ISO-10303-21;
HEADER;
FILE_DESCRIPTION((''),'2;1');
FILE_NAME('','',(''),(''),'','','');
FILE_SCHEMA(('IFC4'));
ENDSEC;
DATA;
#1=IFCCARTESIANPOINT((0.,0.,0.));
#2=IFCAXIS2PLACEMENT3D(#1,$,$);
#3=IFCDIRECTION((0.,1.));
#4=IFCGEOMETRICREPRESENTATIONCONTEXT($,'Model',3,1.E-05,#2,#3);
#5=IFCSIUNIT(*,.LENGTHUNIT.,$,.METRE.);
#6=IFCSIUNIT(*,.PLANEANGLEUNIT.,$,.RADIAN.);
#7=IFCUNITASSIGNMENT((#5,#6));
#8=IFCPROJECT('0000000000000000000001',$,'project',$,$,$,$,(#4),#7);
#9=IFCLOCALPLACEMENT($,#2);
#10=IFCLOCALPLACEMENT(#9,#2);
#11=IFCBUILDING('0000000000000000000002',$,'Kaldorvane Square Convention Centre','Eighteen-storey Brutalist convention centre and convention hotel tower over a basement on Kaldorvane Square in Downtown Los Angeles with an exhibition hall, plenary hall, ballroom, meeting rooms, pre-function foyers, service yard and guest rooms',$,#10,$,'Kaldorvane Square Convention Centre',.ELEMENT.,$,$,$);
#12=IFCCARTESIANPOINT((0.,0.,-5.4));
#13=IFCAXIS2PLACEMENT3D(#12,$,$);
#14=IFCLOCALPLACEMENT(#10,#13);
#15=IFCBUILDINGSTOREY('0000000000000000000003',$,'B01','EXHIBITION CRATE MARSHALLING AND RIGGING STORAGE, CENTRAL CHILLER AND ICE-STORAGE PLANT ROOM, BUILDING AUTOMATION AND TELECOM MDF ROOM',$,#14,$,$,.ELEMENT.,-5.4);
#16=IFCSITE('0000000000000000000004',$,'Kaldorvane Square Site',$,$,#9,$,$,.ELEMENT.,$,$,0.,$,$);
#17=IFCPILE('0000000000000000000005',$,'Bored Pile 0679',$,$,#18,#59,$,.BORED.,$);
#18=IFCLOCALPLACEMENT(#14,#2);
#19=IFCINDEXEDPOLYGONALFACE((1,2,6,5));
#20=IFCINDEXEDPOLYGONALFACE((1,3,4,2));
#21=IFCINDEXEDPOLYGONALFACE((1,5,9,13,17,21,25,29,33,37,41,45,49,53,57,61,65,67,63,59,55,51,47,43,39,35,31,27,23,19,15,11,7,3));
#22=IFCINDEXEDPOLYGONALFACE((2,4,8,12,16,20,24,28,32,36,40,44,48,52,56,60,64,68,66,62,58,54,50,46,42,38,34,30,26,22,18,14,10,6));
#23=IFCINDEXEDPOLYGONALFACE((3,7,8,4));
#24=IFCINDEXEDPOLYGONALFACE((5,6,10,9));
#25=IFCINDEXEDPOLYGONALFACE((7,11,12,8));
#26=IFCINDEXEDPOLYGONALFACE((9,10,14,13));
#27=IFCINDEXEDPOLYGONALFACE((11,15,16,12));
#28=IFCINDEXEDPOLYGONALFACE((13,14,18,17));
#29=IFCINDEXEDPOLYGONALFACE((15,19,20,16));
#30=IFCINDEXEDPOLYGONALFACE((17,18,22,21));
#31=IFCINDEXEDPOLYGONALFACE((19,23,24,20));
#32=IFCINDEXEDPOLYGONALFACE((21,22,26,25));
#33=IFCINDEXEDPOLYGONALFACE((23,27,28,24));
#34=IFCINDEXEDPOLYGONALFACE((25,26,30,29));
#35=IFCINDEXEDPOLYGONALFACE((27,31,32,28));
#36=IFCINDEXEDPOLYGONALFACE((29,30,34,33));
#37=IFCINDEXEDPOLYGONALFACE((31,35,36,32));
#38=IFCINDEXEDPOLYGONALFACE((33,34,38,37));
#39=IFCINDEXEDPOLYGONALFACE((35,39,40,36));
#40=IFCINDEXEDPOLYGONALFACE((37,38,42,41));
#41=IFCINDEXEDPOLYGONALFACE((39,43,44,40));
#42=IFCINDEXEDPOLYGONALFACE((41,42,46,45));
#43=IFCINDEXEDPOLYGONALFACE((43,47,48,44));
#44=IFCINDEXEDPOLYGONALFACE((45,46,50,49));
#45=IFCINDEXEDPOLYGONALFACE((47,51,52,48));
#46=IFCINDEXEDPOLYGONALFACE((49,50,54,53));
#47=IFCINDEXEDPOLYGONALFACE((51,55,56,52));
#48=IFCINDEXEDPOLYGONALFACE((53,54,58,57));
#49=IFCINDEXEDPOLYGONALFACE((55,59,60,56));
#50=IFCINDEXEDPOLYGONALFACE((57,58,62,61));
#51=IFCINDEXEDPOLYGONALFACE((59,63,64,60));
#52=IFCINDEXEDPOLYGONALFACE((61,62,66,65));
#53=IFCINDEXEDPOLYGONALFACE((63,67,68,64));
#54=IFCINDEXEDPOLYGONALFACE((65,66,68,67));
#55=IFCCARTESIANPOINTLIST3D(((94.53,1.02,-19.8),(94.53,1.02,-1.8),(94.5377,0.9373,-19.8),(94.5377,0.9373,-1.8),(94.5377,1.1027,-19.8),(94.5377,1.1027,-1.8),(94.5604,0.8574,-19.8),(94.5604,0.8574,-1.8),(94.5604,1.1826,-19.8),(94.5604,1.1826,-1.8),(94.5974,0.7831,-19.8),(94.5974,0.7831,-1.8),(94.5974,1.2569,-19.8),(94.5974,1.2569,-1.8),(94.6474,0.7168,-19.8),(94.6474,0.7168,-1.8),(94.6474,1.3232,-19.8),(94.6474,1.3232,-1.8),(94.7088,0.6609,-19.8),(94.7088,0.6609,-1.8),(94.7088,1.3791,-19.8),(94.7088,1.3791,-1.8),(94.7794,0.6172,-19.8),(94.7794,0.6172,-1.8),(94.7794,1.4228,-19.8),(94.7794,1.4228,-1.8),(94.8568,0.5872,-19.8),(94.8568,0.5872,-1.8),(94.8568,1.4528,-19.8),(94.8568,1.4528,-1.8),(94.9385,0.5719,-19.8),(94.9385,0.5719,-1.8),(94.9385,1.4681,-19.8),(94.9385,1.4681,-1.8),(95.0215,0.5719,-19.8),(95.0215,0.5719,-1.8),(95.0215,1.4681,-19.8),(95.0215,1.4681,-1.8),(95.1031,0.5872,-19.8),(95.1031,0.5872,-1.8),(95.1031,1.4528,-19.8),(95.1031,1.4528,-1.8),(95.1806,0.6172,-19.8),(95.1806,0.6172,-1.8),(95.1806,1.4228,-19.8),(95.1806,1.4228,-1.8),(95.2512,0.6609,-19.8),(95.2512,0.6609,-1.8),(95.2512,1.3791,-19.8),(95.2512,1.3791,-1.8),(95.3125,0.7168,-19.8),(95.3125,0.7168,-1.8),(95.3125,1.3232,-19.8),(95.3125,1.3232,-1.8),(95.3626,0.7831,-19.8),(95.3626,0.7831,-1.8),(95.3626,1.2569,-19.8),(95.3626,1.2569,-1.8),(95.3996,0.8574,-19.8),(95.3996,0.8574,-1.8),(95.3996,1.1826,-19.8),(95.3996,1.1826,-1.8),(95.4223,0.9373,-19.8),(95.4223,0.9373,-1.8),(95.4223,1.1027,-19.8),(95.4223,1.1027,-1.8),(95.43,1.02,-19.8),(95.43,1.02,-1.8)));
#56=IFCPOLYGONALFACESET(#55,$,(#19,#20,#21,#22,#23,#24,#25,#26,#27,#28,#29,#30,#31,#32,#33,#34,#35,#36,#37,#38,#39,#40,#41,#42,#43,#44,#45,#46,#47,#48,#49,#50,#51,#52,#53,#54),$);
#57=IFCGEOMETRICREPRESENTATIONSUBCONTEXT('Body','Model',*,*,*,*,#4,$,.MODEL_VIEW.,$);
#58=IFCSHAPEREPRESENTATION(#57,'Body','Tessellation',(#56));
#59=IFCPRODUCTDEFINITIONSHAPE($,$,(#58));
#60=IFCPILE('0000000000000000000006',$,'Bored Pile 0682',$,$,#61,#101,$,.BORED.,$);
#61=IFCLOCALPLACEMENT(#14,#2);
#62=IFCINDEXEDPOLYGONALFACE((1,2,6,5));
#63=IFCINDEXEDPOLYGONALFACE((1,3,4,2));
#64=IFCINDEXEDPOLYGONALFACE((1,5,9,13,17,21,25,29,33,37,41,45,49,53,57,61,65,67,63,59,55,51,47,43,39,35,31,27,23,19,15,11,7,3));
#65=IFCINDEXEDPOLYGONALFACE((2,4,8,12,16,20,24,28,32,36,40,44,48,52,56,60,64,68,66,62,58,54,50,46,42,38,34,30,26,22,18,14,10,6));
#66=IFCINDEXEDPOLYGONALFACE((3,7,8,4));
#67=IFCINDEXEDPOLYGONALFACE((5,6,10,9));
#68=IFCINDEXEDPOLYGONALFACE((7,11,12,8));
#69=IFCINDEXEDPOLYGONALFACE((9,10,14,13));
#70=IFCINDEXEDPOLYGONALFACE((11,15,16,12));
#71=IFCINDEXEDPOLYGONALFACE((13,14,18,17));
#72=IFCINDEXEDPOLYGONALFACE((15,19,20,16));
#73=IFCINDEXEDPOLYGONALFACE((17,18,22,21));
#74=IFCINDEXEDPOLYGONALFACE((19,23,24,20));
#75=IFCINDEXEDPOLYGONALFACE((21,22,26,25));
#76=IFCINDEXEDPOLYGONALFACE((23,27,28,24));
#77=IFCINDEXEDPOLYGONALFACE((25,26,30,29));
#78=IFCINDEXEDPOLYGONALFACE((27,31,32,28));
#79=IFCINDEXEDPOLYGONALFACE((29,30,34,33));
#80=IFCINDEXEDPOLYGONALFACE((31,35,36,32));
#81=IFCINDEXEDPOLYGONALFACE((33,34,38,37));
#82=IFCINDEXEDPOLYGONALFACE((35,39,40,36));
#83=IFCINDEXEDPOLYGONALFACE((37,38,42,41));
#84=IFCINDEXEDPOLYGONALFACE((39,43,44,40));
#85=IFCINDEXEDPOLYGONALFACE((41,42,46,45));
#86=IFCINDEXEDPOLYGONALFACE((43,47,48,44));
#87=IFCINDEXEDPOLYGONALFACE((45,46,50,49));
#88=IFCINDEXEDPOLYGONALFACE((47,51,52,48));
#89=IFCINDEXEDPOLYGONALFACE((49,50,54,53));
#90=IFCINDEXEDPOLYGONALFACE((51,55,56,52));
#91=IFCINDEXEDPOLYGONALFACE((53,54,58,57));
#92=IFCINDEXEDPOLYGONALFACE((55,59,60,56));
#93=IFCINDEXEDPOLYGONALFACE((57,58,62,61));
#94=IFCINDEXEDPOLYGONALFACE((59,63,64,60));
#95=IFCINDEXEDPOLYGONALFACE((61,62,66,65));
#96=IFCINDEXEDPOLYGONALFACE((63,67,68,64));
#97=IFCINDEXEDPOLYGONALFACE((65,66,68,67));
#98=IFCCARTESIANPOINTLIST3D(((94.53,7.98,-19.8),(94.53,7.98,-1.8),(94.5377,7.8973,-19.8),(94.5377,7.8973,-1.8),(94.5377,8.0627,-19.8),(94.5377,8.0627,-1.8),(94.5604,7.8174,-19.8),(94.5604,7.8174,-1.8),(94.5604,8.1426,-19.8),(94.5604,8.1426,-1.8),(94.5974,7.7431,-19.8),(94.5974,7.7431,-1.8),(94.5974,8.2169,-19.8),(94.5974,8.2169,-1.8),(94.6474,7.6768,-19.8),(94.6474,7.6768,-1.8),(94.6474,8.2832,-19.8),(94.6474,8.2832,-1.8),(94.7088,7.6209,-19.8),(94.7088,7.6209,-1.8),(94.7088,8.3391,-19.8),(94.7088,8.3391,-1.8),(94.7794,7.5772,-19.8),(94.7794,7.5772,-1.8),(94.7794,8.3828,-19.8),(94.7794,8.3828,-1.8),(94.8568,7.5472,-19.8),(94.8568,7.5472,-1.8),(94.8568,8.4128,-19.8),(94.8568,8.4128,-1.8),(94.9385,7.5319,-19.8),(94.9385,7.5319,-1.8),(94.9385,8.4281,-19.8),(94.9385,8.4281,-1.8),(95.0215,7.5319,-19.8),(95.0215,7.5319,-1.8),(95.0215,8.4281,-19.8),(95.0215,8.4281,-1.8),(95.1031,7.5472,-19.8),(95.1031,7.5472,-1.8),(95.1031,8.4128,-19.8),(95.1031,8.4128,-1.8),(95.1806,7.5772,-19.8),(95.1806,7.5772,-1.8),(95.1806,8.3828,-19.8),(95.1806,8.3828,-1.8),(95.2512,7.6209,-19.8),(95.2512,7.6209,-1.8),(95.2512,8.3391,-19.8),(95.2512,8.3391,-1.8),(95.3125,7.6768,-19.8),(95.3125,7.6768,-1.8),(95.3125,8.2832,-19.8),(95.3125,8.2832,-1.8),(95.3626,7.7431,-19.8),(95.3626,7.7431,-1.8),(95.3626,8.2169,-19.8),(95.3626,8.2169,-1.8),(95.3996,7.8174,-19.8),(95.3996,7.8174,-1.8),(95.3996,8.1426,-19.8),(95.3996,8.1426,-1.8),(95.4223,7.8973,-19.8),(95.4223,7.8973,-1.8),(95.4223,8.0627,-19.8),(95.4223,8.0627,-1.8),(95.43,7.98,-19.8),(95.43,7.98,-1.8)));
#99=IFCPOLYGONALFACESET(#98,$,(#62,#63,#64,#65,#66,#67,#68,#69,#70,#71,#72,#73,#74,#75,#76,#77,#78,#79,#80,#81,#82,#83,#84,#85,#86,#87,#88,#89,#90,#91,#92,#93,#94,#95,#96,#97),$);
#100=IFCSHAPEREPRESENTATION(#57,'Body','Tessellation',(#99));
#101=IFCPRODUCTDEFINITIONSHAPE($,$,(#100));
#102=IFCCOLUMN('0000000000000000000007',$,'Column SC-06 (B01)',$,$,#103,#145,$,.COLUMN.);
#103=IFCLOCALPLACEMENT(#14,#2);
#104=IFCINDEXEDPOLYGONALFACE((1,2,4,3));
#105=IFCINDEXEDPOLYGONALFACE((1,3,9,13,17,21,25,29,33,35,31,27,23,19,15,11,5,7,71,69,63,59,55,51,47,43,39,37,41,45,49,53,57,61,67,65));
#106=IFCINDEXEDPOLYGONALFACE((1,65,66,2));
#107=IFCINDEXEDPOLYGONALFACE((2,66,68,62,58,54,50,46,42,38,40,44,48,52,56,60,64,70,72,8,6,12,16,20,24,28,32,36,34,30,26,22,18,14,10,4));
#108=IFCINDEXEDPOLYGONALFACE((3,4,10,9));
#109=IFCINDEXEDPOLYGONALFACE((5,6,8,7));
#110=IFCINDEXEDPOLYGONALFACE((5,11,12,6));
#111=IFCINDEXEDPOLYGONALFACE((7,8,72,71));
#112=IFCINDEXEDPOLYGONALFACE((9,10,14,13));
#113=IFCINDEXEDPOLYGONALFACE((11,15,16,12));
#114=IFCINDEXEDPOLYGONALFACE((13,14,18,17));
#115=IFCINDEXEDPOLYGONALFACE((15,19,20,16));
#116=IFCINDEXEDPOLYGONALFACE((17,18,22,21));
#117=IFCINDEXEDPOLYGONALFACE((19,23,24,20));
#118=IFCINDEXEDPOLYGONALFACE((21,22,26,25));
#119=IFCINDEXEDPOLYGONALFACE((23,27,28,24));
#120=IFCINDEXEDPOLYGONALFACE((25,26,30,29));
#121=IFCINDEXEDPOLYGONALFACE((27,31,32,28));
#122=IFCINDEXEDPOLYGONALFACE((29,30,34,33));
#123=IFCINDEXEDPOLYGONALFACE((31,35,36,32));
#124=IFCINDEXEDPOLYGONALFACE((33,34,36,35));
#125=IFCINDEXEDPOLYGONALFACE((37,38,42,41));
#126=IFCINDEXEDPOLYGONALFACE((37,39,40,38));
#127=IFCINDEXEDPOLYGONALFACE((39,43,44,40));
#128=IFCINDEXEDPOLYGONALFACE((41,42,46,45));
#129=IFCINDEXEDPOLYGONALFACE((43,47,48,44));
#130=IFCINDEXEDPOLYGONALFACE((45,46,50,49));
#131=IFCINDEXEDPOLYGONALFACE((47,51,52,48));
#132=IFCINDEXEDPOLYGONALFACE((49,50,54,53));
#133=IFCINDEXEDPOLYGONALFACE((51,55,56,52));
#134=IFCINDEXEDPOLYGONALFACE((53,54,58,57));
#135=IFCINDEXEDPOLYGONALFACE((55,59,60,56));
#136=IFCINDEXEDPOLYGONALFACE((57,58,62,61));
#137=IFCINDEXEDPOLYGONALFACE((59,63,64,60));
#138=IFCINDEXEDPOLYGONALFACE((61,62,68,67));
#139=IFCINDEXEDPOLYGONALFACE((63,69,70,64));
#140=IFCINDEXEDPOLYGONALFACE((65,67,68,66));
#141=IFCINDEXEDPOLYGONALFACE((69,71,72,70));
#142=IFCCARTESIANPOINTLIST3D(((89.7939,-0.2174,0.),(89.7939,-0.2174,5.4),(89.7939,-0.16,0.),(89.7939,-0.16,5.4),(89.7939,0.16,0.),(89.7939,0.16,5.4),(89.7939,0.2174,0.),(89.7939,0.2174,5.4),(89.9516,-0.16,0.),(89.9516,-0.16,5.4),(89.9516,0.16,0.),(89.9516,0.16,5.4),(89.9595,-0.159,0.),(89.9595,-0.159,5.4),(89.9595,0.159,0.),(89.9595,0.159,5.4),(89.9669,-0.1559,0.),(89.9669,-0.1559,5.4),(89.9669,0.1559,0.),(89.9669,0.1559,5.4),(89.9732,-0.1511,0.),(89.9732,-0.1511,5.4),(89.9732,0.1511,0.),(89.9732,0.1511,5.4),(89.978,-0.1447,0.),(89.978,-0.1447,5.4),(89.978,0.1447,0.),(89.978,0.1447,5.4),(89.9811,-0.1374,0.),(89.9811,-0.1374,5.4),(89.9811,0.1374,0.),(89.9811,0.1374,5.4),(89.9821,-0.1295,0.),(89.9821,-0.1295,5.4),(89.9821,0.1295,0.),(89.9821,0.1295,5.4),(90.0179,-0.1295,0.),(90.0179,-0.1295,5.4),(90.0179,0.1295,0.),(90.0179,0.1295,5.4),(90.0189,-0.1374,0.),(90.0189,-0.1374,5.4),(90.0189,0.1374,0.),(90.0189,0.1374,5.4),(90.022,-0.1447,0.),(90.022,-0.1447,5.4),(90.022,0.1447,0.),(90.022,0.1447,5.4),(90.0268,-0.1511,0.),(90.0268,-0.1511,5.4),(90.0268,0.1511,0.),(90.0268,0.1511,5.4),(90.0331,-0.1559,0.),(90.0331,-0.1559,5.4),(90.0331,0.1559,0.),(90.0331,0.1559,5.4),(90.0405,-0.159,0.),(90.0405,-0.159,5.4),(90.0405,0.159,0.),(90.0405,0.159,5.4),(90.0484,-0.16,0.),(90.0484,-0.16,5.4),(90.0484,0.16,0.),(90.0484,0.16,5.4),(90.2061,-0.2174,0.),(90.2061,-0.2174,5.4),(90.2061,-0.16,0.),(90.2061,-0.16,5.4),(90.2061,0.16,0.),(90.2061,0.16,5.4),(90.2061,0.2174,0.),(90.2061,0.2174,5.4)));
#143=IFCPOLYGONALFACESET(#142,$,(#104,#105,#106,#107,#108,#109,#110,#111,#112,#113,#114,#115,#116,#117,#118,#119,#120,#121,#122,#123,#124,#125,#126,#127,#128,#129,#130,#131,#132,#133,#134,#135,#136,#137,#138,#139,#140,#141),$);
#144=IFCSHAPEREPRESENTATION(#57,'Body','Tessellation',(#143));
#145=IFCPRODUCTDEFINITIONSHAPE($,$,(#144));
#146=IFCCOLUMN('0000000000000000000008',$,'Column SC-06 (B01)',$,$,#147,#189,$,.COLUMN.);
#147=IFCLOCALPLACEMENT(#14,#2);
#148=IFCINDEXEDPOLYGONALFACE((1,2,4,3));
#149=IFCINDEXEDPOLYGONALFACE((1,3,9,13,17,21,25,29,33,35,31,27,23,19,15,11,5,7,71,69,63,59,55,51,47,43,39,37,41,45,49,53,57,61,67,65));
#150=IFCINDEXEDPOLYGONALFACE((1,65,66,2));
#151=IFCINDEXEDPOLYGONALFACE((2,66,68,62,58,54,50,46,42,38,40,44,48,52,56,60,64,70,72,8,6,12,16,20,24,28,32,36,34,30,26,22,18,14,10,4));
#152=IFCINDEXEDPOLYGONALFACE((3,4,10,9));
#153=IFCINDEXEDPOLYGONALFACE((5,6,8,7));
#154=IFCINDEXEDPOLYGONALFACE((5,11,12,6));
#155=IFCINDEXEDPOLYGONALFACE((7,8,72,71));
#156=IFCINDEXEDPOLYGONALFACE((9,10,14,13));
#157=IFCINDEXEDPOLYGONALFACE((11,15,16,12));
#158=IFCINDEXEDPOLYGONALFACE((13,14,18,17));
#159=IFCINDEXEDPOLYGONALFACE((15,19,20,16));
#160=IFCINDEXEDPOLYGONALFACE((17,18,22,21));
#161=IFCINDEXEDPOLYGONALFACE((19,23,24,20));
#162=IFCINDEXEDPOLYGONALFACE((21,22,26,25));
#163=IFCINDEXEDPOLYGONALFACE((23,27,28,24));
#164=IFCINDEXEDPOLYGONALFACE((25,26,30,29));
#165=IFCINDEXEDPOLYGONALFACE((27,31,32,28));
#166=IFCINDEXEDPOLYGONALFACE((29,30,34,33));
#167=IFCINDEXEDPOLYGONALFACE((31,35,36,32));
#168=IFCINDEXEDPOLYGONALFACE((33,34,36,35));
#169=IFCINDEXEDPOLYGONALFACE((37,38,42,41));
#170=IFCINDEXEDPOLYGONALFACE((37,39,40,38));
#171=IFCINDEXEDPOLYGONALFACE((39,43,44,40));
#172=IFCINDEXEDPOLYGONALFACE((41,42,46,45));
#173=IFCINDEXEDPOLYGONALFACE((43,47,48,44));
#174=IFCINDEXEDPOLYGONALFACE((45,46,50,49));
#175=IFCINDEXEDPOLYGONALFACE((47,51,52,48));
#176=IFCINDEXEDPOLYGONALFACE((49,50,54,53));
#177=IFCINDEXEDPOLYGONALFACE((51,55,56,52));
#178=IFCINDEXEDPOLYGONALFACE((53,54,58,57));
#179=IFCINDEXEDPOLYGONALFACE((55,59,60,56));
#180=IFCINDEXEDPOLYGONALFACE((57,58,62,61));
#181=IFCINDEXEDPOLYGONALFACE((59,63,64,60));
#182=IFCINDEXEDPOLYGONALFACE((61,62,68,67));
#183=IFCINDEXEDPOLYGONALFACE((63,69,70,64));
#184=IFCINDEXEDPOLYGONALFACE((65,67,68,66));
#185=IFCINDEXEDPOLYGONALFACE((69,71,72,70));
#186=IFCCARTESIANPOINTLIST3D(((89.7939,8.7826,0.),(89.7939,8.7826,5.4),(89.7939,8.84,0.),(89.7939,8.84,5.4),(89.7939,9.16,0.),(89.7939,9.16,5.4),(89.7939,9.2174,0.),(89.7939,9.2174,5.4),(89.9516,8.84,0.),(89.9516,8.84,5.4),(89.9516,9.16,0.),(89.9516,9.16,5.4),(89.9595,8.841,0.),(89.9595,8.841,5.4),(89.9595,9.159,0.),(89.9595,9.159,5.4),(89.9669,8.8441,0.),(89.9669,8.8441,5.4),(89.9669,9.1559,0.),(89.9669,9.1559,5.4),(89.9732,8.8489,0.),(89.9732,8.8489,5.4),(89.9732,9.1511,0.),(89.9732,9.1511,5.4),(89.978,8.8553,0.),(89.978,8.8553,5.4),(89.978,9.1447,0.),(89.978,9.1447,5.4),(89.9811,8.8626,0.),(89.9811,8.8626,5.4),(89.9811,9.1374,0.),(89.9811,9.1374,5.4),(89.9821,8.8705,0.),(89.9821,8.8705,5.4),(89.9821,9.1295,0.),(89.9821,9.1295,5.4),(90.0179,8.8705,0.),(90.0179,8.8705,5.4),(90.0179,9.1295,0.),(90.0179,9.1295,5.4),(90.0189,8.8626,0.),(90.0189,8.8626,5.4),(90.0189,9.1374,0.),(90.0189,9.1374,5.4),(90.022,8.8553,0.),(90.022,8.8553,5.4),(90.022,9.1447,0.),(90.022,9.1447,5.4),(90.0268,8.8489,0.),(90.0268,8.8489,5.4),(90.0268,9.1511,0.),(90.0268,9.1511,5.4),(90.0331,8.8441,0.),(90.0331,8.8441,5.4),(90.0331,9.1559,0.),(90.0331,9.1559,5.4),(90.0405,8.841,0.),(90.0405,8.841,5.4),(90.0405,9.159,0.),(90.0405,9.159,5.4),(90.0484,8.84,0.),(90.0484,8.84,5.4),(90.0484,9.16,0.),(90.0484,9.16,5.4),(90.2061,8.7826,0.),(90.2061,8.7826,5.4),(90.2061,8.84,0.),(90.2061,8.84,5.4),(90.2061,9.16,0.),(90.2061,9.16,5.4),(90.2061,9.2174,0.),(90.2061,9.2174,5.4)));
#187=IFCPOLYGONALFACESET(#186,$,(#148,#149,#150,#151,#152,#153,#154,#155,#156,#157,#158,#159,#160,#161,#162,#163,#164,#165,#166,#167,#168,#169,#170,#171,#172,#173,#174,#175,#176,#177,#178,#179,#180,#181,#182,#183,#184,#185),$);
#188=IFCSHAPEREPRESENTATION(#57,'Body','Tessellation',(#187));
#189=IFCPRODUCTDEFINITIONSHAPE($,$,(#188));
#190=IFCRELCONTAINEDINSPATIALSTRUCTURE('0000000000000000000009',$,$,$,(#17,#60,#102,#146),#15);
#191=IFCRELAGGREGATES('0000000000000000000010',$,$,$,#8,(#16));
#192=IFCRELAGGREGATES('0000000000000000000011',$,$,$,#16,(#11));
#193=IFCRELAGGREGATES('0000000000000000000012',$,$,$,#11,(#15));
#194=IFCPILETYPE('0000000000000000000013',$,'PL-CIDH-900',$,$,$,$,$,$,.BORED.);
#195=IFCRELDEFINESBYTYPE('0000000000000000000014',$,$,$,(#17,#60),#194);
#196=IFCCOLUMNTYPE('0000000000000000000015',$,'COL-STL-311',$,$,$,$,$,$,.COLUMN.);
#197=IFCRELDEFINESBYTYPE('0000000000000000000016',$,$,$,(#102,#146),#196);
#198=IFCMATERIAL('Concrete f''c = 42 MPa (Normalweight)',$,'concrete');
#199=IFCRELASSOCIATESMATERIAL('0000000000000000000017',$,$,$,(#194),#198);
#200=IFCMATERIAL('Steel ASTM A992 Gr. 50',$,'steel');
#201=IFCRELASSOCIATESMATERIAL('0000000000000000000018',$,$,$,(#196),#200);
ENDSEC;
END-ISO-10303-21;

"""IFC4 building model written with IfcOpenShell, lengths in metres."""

from ifc_helpers import new_model, si_unit, direction, frame, origin, origin_2d, place, context, subcontext, project, spatial, circle, i_section, extrude, material, material_profile, profile_set, type_object, element, save


model = new_model("IFC4")

# Units and contexts
model_context = context("Model", 3, precision=1e-05, world=origin(), true_north=direction((0.0, 1.0)))
body_context = subcontext(model_context, "Body", "Model", "MODEL_VIEW")
ifc_project = project(units=[si_unit("LENGTHUNIT", "METRE"), si_unit("PLANEANGLEUNIT", "RADIAN")], contexts=[model_context])

# Site, building, storey
site_placement = place(None, origin())
site = spatial("IfcSite", under=ifc_project, at=site_placement, Name="Kaldorvane Square Site", CompositionType="ELEMENT", RefElevation=0.0)
building_placement = place(site_placement, origin())
building = spatial("IfcBuilding", under=site, at=building_placement, Name="Kaldorvane Square Convention Centre", Description="Eighteen-storey Brutalist convention centre and convention hotel tower over a basement on Kaldorvane Square in Downtown Los Angeles with an exhibition hall, plenary hall, ballroom, meeting rooms, pre-function foyers, service yard and guest rooms", LongName="Kaldorvane Square Convention Centre", CompositionType="ELEMENT")
storey_placement = place(building_placement, frame((0.0, 0.0, -5.4)))
storey = spatial("IfcBuildingStorey", under=building, at=storey_placement, Name="B01", Description="EXHIBITION CRATE MARSHALLING AND RIGGING STORAGE, CENTRAL CHILLER AND ICE-STORAGE PLANT ROOM, BUILDING AUTOMATION AND TELECOM MDF ROOM", CompositionType="ELEMENT", Elevation=-5.4)

# Shared definitions
ifc_material_1 = material(Name="Concrete f'c = 42 MPa (Normalweight)", Category="concrete")

# Piles
ifc_material_profile_1 = material_profile(ifc_material_1, circle(Radius=0.45, at=origin_2d()), Name="PILE-D900")
ifc_profile_set_1 = profile_set([ifc_material_profile_1], Name="Concrete f'c = 42 MPa (Normalweight)")
pile_type = type_object("IfcPileType", Name="PL-CIDH-900", PredefinedType="BORED", material=ifc_profile_set_1)
for number, where, z_axis, x_axis, name in (
    (1, (94.98, 1.02, -1.8), (0.0, 0.0, -1.0), (1.0, 0.0, 0.0), "Bored Pile 0679"),
    (2, (94.98, 7.98, -1.8), (0.0, 0.0, -1.0), (1.0, 0.0, 0.0), "Bored Pile 0682"),
):
    element("IfcPile", number, at=place(storey_placement, frame(where, z_axis=z_axis, x_axis=x_axis)), inside=storey, type_object=pile_type, Name=name, PredefinedType="BORED", context=body_context, shape_type="SweptSolid", body=[
        extrude(circle(Radius=0.45, at=origin_2d()), origin(), (0.0, 0.0, 1.0), 18.0),
    ])

# Columns
ifc_material_2 = material(Name="Steel ASTM A992 Gr. 50", Category="steel")
ifc_material_profile_2 = material_profile(ifc_material_2, i_section(OverallWidth=0.4122, OverallDepth=0.4348, WebThickness=0.0358, FlangeThickness=0.0574, FilletRadius=0.0305, at=origin_2d()), Name="W14X311")
ifc_profile_set_2 = profile_set([ifc_material_profile_2], Name="Steel ASTM A992 Gr. 50")
column_type = type_object("IfcColumnType", Name="COL-STL-311", PredefinedType="COLUMN", material=ifc_profile_set_2)
for number, where, z_axis, x_axis, name in (
    (3, (90.0, 0.0, 0.0), (0.0, 0.0, 1.0), (1.0, 0.0, 0.0), "Column SC-06 (B01)"),
    (4, (90.0, 9.0, 0.0), (0.0, 0.0, 1.0), (1.0, 0.0, 0.0), "Column SC-06 (B01)"),
):
    element("IfcColumn", number, at=place(storey_placement, frame(where, z_axis=z_axis, x_axis=x_axis)), inside=storey, type_object=column_type, Name=name, PredefinedType="COLUMN", context=body_context, shape_type="SweptSolid", body=[
        extrude(i_section(OverallWidth=0.4122, OverallDepth=0.4348, WebThickness=0.0358, FlangeThickness=0.0574, FilletRadius=0.0305, at=origin_2d()), origin(), (0.0, 0.0, 1.0), 5.4),
    ])

save(model, "model.ifc")
